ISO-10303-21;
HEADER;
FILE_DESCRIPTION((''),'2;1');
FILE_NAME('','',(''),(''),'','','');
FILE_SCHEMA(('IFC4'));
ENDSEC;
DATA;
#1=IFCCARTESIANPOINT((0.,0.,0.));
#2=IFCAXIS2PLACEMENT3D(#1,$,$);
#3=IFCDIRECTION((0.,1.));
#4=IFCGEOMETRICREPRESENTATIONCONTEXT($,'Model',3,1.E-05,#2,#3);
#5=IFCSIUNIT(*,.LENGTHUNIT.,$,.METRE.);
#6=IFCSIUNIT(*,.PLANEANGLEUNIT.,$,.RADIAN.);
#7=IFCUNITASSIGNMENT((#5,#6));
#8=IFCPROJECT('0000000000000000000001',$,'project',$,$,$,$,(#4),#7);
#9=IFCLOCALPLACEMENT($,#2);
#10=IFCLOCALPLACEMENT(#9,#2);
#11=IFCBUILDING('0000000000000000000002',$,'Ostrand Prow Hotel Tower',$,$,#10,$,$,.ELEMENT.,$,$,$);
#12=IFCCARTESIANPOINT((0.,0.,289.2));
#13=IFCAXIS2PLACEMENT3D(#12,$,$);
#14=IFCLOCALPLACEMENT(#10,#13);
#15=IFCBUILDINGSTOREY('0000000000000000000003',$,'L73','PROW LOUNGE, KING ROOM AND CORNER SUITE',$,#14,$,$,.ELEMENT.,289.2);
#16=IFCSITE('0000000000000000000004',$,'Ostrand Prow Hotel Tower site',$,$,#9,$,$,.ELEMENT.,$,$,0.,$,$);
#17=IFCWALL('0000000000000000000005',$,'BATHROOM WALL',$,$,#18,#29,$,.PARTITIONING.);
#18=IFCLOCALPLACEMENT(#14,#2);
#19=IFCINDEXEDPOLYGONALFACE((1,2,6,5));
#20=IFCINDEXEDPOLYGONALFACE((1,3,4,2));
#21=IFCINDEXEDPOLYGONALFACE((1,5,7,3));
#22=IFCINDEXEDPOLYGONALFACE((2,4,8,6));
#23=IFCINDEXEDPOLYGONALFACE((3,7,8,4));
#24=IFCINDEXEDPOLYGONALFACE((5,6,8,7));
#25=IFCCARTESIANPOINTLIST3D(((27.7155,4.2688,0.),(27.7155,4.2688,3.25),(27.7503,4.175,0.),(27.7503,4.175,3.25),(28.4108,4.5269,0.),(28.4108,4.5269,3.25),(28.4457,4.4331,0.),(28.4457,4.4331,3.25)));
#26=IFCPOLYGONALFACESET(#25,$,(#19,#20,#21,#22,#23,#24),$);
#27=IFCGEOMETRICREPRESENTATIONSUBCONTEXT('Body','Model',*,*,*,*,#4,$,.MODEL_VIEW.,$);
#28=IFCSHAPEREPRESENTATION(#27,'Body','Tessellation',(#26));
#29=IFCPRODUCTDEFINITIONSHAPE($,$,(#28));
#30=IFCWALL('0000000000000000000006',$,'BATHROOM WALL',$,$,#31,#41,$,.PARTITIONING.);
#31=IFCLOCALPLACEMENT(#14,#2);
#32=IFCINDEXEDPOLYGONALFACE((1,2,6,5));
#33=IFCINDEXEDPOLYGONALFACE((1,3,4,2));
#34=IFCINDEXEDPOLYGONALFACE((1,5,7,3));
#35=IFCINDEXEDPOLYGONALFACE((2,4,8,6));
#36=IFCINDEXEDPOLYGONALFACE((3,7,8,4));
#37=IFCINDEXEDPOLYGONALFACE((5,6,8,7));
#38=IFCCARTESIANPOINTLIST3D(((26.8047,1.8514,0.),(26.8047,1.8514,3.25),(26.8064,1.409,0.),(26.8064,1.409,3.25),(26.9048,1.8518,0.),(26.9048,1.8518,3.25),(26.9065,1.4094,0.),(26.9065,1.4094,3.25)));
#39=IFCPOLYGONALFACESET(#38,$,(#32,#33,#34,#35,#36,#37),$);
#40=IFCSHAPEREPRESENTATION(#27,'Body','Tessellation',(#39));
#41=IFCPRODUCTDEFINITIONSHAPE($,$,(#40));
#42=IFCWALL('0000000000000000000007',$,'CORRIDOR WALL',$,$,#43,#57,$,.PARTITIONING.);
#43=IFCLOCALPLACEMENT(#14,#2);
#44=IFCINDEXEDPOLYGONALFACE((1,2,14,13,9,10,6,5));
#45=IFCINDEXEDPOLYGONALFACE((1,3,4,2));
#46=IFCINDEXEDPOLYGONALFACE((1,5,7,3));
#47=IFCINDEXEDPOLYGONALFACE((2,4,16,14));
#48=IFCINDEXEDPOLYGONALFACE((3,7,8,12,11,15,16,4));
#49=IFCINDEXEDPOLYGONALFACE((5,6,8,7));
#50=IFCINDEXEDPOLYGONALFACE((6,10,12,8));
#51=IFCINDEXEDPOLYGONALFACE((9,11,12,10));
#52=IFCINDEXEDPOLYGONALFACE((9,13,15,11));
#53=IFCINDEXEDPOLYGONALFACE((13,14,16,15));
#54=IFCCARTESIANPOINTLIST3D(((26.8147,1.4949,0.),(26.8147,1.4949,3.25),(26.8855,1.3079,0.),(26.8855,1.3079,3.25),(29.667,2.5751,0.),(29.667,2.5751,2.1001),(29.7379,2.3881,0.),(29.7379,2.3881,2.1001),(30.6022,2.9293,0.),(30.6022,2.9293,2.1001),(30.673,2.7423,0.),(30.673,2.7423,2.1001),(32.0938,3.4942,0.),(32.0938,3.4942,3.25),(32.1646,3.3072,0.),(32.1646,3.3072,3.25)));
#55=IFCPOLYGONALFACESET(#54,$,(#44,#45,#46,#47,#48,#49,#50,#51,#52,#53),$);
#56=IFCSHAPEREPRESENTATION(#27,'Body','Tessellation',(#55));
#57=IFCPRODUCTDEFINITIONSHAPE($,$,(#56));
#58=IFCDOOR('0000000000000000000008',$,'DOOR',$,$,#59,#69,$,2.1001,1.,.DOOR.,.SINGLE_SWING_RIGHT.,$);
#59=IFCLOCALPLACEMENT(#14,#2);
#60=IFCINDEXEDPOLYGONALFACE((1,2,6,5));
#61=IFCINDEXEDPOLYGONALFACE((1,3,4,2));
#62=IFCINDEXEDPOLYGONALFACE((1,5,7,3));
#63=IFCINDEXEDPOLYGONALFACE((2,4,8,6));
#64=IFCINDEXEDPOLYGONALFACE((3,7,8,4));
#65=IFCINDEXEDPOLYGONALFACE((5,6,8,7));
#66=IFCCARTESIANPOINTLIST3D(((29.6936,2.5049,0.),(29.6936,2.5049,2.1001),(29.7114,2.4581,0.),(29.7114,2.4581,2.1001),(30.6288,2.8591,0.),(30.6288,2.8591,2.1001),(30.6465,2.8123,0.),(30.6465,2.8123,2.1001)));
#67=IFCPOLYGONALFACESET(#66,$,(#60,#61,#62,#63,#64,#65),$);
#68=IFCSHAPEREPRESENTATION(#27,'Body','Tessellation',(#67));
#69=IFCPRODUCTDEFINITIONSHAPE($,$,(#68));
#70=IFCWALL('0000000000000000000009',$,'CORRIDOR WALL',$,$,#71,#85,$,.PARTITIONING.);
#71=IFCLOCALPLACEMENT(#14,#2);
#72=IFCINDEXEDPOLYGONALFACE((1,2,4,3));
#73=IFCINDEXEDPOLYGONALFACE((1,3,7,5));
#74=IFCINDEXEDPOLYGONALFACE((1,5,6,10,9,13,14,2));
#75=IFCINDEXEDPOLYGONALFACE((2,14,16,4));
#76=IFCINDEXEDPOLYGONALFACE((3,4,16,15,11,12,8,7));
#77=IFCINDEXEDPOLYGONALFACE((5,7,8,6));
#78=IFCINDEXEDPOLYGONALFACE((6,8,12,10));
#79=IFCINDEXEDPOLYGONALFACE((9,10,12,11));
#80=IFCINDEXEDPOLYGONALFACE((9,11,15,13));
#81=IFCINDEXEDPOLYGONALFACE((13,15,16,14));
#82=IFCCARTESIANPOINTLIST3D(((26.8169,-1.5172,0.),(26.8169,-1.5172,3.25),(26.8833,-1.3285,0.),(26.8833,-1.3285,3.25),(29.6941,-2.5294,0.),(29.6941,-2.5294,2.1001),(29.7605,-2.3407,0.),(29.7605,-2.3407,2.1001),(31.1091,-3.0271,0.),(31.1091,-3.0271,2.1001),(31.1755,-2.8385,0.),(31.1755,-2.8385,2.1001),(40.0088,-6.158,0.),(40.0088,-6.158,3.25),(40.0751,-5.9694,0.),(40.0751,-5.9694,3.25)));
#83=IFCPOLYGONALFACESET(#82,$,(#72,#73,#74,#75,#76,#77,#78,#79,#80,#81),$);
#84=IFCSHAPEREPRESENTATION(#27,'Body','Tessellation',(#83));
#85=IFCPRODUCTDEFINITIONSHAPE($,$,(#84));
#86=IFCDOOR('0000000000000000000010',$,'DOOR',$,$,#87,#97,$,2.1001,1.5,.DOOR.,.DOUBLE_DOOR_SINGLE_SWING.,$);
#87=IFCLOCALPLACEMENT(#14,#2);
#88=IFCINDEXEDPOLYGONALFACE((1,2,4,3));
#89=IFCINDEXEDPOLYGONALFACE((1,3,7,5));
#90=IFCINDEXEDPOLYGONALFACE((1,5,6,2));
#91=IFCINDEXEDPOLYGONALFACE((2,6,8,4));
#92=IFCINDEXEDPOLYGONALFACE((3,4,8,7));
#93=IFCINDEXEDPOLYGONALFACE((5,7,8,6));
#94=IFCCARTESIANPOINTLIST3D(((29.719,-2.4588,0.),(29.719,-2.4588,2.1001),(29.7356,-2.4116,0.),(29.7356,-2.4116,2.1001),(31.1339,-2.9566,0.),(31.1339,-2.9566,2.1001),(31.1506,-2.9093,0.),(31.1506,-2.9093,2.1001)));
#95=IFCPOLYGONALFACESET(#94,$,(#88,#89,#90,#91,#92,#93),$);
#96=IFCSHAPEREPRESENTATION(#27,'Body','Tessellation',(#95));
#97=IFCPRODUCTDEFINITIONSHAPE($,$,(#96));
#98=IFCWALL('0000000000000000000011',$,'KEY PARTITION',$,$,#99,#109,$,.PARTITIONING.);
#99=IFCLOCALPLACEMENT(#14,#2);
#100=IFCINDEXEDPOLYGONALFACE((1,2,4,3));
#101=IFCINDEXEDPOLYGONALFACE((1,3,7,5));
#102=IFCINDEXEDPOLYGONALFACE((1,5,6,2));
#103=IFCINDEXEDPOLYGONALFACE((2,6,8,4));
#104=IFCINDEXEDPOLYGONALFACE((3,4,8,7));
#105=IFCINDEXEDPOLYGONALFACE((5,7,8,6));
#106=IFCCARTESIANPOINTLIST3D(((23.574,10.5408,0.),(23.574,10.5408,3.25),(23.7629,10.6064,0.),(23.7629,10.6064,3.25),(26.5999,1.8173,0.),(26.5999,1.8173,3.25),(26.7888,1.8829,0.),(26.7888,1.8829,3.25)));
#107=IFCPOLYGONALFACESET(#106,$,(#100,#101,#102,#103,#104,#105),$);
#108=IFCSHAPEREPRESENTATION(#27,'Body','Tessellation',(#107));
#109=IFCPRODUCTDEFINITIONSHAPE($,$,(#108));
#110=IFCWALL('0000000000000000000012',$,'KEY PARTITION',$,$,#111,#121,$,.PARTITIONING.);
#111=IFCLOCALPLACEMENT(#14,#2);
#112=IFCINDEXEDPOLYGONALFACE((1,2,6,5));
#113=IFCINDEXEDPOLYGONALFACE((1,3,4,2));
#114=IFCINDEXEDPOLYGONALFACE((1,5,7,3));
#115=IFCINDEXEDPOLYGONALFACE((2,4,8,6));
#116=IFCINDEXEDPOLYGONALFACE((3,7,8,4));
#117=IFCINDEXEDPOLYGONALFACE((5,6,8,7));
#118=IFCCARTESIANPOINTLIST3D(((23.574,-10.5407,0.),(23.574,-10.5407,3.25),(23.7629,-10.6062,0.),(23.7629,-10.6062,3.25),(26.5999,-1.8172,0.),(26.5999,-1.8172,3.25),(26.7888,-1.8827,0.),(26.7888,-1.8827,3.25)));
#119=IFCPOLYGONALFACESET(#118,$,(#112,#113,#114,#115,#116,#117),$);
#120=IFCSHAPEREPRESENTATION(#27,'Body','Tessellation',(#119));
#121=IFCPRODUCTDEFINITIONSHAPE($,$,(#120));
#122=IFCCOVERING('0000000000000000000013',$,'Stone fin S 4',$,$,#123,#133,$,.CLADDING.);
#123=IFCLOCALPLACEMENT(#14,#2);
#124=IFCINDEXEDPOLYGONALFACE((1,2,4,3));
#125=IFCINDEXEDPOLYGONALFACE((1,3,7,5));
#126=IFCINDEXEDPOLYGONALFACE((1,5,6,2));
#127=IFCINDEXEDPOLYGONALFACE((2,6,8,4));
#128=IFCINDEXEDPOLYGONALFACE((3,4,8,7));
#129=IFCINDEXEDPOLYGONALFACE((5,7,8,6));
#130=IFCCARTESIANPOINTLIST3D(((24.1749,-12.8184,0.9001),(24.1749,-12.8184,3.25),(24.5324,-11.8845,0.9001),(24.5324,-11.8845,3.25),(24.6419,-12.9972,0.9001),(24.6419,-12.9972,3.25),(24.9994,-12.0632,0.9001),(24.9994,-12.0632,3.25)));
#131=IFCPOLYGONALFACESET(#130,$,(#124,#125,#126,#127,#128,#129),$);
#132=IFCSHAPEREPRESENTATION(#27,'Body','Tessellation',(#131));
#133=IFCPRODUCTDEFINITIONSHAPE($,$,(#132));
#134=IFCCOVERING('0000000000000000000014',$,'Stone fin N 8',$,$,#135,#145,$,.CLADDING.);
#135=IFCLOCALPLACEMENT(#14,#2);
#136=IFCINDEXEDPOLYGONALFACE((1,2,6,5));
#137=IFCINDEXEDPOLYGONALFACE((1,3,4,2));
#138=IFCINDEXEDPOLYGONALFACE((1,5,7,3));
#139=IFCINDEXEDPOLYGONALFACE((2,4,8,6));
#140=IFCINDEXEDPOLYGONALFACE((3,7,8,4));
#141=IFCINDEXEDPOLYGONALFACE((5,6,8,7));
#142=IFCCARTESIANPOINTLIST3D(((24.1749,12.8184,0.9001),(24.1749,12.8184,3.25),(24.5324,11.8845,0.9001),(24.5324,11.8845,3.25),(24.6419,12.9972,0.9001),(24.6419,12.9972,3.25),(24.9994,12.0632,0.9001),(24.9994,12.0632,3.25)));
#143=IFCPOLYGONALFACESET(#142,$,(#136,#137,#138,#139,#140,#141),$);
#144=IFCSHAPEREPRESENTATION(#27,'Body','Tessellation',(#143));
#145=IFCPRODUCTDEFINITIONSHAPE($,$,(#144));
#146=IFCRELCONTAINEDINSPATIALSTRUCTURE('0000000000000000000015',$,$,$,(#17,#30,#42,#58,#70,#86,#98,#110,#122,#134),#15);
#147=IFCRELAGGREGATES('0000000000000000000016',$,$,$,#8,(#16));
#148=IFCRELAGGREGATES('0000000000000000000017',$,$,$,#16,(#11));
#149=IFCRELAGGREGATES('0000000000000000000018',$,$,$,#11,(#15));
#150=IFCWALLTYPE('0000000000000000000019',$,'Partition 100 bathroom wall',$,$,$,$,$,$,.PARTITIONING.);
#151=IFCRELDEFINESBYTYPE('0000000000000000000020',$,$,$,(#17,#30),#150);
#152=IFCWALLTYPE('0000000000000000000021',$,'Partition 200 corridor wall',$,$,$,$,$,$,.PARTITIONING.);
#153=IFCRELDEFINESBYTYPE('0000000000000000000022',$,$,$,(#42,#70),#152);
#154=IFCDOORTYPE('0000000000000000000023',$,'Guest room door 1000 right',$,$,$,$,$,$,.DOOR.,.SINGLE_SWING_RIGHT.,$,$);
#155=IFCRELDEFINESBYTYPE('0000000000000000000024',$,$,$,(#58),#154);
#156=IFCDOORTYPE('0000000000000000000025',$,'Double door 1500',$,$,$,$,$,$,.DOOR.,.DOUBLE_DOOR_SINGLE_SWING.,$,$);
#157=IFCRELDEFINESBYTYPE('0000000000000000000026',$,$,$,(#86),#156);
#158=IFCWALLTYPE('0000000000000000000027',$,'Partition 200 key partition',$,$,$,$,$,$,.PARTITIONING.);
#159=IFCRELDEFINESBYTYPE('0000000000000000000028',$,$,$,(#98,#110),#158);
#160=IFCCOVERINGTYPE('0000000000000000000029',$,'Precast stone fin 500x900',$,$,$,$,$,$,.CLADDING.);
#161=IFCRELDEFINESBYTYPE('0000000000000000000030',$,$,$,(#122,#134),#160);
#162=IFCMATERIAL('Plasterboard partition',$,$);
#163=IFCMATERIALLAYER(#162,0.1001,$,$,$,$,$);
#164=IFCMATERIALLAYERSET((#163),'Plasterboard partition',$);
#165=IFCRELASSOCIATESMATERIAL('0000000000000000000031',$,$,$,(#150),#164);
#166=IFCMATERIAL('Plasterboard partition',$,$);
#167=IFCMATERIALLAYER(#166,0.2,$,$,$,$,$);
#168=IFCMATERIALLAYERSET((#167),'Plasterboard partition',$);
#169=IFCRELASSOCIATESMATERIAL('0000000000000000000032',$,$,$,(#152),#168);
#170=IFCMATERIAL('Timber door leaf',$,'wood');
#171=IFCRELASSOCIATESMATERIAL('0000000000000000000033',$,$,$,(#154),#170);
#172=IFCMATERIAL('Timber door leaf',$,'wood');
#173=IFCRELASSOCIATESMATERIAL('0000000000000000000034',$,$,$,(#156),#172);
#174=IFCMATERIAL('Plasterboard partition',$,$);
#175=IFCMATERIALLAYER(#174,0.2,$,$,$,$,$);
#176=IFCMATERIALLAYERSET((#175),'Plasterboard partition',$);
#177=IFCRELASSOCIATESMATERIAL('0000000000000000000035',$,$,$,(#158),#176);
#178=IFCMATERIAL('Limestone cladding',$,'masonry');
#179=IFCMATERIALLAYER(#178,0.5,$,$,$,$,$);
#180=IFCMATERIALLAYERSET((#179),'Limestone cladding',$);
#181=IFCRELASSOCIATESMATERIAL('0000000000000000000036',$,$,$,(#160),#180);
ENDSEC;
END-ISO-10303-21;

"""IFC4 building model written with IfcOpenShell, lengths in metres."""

from ifc_helpers import new_model, si_unit, direction, frame, frame_2d, origin, place, context, subcontext, project, spatial, rectangle, extrude, material, layer, layer_set, type_object, element, fill, save


model = new_model("IFC4")

# Units and contexts
model_context = context("Model", 3, precision=1e-05, world=origin(), true_north=direction((0.0, 1.0)))
body_context = subcontext(model_context, "Body", "Model", "MODEL_VIEW")
ifc_project = project(units=[si_unit("LENGTHUNIT", "METRE"), si_unit("PLANEANGLEUNIT", "RADIAN")], contexts=[model_context])

# Site, building, storey
site_placement = place(None, origin())
site = spatial("IfcSite", under=ifc_project, at=site_placement, Name="Ostrand Prow Hotel Tower site", CompositionType="ELEMENT", RefElevation=0.0)
building_placement = place(site_placement, origin())
building = spatial("IfcBuilding", under=site, at=building_placement, Name="Ostrand Prow Hotel Tower", CompositionType="ELEMENT")
storey_placement = place(building_placement, frame((0.0, 0.0, 289.2)))
storey = spatial("IfcBuildingStorey", under=building, at=storey_placement, Name="L73", Description="PROW LOUNGE, KING ROOM AND CORNER SUITE", CompositionType="ELEMENT", Elevation=289.2)

# Walls
ifc_material_1 = material(Name="Plasterboard partition")
ifc_layer_1 = layer(ifc_material_1, 0.1001)
ifc_layer_set_1 = layer_set([ifc_layer_1], Name="Plasterboard partition")
wall_type_1 = type_object("IfcWallType", Name="Partition 100 bathroom wall", PredefinedType="PARTITIONING", material=ifc_layer_set_1)
wall_1_placement = place(storey_placement, frame((27.7329, 4.2219, 0.0), z_axis=(0.0, 0.0, 1.0), x_axis=(0.937514, 0.347947, 0.0)))
element("IfcWall", 1, at=wall_1_placement, inside=storey, type_object=wall_type_1, Name="BATHROOM WALL", PredefinedType="PARTITIONING", context=body_context, shape_type="SweptSolid", body=[
    extrude(rectangle(XDim=0.7417, YDim=0.1001, at=frame_2d((0.3708, 0.0))), origin(), (0.0, 0.0, 1.0), 3.25),
])
wall_2_placement = place(storey_placement, frame((26.8564, 1.4092, 0.0), z_axis=(0.0, 0.0, 1.0), x_axis=(-0.003863, 0.999993, 0.0)))
element("IfcWall", 2, at=wall_2_placement, inside=storey, type_object=wall_type_1, Name="BATHROOM WALL", PredefinedType="PARTITIONING", context=body_context, shape_type="SweptSolid", body=[
    extrude(rectangle(XDim=0.4424, YDim=0.1001, at=frame_2d((0.2212, 0.0))), origin(), (0.0, 0.0, 1.0), 3.25),
])

# Walls, openings, doors
ifc_material_2 = material(Name="Plasterboard partition")
ifc_layer_2 = layer(ifc_material_2, 0.2)
ifc_layer_set_2 = layer_set([ifc_layer_2], Name="Plasterboard partition")
wall_type_2 = type_object("IfcWallType", Name="Partition 200 corridor wall", PredefinedType="PARTITIONING", material=ifc_layer_set_2)
wall_3_placement = place(storey_placement, frame((26.8501, 1.4014, 0.0), z_axis=(0.0, 0.0, 1.0), x_axis=(0.935181, 0.354169, 0.0)))
wall_3 = element("IfcWall", 3, at=wall_3_placement, inside=storey, type_object=wall_type_2, Name="CORRIDOR WALL", PredefinedType="PARTITIONING", context=body_context, shape_type="SweptSolid", body=[
    extrude(rectangle(XDim=5.645, YDim=0.2, at=frame_2d((2.8225, 0.0))), origin(), (0.0, 0.0, 1.0), 3.25),
])
opening_1_placement = place(wall_3_placement, frame((3.05, 0.0, 0.0)))
opening_1 = element("IfcOpeningElement", 4, at=opening_1_placement, cuts=wall_3, PredefinedType="OPENING", context=body_context, shape_type="SweptSolid", body=[
    extrude(rectangle(XDim=1.0, YDim=2.1001, at=frame_2d((0.5, 1.05))), frame((0.0, 0.1099, 0.0), z_axis=(0.0, -1.0, 0.0), x_axis=(1.0, 0.0, 0.0)), (0.0, 0.0, 1.0), 0.22),
])
ifc_material_3 = material(Name="Timber door leaf", Category="wood")
door_type_1 = type_object("IfcDoorType", Name="Guest room door 1000 right", OperationType="SINGLE_SWING_RIGHT", PredefinedType="DOOR", material=ifc_material_3)
door_1_placement = place(opening_1_placement, origin())
door_1 = element("IfcDoor", 5, at=door_1_placement, inside=storey, type_object=door_type_1, Name="DOOR", OperationType="SINGLE_SWING_RIGHT", OverallHeight=2.1001, OverallWidth=1.0, PredefinedType="DOOR", context=body_context, shape_type="SweptSolid", body=[
    extrude(rectangle(XDim=1.0, YDim=2.1001, at=frame_2d((0.5, 1.05))), frame((0.0, 0.0249, 0.0), z_axis=(0.0, -1.0, 0.0), x_axis=(1.0, 0.0, 0.0)), (0.0, 0.0, 1.0), 0.05),
])
fill(opening_1, door_1)
wall_4_placement = place(storey_placement, frame((26.8501, -1.4229, 0.0), z_axis=(0.0, 0.0, 1.0), x_axis=(0.943329, -0.33186, 0.0)))
wall_4 = element("IfcWall", 6, at=wall_4_placement, inside=storey, type_object=wall_type_2, Name="CORRIDOR WALL", PredefinedType="PARTITIONING", context=body_context, shape_type="SweptSolid", body=[
    extrude(rectangle(XDim=13.9844, YDim=0.2, at=frame_2d((6.9922, 0.0))), origin(), (0.0, 0.0, 1.0), 3.25),
])
opening_2_placement = place(wall_4_placement, frame((3.05, 0.0, 0.0)))
opening_2 = element("IfcOpeningElement", 7, at=opening_2_placement, cuts=wall_4, PredefinedType="OPENING", context=body_context, shape_type="SweptSolid", body=[
    extrude(rectangle(XDim=1.5, YDim=2.1001, at=frame_2d((0.75, 1.05))), frame((0.0, 0.1099, 0.0), z_axis=(0.0, -1.0, 0.0), x_axis=(1.0, 0.0, 0.0)), (0.0, 0.0, 1.0), 0.22),
])
ifc_material_4 = material(Name="Timber door leaf", Category="wood")
door_type_2 = type_object("IfcDoorType", Name="Double door 1500", OperationType="DOUBLE_DOOR_SINGLE_SWING", PredefinedType="DOOR", material=ifc_material_4)
door_2_placement = place(opening_2_placement, origin())
door_2 = element("IfcDoor", 8, at=door_2_placement, inside=storey, type_object=door_type_2, Name="DOOR", OperationType="DOUBLE_DOOR_SINGLE_SWING", OverallHeight=2.1001, OverallWidth=1.5, PredefinedType="DOOR", context=body_context, shape_type="SweptSolid", body=[
    extrude(rectangle(XDim=1.5, YDim=2.1001, at=frame_2d((0.75, 1.05))), frame((0.0, 0.0249, 0.0), z_axis=(0.0, -1.0, 0.0), x_axis=(1.0, 0.0, 0.0)), (0.0, 0.0, 1.0), 0.05),
])
fill(opening_2, door_2)

# Walls
ifc_material_5 = material(Name="Plasterboard partition")
ifc_layer_3 = layer(ifc_material_5, 0.2)
ifc_layer_set_3 = layer_set([ifc_layer_3], Name="Plasterboard partition")
wall_type_3 = type_object("IfcWallType", Name="Partition 200 key partition", PredefinedType="PARTITIONING", material=ifc_layer_set_3)
for number, where, z_axis, x_axis, name in (
    (9, (26.6943, 1.8501, 0.0), (0.0, 0.0, 1.0), (-0.327714, 0.944777, 0.0), "KEY PARTITION"),
    (10, (23.6685, -10.5735, 0.0), (0.0, 0.0, 1.0), (0.327714, 0.944777, 0.0), "KEY PARTITION"),
):
    element("IfcWall", number, at=place(storey_placement, frame(where, z_axis=z_axis, x_axis=x_axis)), inside=storey, type_object=wall_type_3, Name=name, PredefinedType="PARTITIONING", context=body_context, shape_type="SweptSolid", body=[
        extrude(rectangle(XDim=9.2334, YDim=0.2, at=frame_2d((4.6167, 0.0))), origin(), (0.0, 0.0, 1.0), 3.25),
    ])

# Coverings
ifc_material_6 = material(Name="Limestone cladding", Category="masonry")
ifc_layer_4 = layer(ifc_material_6, 0.5)
ifc_layer_set_4 = layer_set([ifc_layer_4], Name="Limestone cladding")
covering_type = type_object("IfcCoveringType", Name="Precast stone fin 500x900", PredefinedType="CLADDING", material=ifc_layer_set_4)
for number, where, z_axis, x_axis, name in (
    (11, (24.7659, -11.9739, 0.9001), (0.0, 0.0, 1.0), (-0.357457, -0.93393, 0.0), "Stone fin S 4"),
    (12, (24.7659, 11.9739, 0.9001), (0.0, 0.0, 1.0), (-0.357457, 0.93393, 0.0), "Stone fin N 8"),
):
    element("IfcCovering", number, at=place(storey_placement, frame(where, z_axis=z_axis, x_axis=x_axis)), inside=storey, type_object=covering_type, Name=name, PredefinedType="CLADDING", context=body_context, shape_type="SweptSolid", body=[
        extrude(rectangle(XDim=1.0, YDim=0.5, at=frame_2d((0.5, 0.0))), origin(), (0.0, 0.0, 1.0), 2.3499),
    ])

save(model, "model.ifc")
